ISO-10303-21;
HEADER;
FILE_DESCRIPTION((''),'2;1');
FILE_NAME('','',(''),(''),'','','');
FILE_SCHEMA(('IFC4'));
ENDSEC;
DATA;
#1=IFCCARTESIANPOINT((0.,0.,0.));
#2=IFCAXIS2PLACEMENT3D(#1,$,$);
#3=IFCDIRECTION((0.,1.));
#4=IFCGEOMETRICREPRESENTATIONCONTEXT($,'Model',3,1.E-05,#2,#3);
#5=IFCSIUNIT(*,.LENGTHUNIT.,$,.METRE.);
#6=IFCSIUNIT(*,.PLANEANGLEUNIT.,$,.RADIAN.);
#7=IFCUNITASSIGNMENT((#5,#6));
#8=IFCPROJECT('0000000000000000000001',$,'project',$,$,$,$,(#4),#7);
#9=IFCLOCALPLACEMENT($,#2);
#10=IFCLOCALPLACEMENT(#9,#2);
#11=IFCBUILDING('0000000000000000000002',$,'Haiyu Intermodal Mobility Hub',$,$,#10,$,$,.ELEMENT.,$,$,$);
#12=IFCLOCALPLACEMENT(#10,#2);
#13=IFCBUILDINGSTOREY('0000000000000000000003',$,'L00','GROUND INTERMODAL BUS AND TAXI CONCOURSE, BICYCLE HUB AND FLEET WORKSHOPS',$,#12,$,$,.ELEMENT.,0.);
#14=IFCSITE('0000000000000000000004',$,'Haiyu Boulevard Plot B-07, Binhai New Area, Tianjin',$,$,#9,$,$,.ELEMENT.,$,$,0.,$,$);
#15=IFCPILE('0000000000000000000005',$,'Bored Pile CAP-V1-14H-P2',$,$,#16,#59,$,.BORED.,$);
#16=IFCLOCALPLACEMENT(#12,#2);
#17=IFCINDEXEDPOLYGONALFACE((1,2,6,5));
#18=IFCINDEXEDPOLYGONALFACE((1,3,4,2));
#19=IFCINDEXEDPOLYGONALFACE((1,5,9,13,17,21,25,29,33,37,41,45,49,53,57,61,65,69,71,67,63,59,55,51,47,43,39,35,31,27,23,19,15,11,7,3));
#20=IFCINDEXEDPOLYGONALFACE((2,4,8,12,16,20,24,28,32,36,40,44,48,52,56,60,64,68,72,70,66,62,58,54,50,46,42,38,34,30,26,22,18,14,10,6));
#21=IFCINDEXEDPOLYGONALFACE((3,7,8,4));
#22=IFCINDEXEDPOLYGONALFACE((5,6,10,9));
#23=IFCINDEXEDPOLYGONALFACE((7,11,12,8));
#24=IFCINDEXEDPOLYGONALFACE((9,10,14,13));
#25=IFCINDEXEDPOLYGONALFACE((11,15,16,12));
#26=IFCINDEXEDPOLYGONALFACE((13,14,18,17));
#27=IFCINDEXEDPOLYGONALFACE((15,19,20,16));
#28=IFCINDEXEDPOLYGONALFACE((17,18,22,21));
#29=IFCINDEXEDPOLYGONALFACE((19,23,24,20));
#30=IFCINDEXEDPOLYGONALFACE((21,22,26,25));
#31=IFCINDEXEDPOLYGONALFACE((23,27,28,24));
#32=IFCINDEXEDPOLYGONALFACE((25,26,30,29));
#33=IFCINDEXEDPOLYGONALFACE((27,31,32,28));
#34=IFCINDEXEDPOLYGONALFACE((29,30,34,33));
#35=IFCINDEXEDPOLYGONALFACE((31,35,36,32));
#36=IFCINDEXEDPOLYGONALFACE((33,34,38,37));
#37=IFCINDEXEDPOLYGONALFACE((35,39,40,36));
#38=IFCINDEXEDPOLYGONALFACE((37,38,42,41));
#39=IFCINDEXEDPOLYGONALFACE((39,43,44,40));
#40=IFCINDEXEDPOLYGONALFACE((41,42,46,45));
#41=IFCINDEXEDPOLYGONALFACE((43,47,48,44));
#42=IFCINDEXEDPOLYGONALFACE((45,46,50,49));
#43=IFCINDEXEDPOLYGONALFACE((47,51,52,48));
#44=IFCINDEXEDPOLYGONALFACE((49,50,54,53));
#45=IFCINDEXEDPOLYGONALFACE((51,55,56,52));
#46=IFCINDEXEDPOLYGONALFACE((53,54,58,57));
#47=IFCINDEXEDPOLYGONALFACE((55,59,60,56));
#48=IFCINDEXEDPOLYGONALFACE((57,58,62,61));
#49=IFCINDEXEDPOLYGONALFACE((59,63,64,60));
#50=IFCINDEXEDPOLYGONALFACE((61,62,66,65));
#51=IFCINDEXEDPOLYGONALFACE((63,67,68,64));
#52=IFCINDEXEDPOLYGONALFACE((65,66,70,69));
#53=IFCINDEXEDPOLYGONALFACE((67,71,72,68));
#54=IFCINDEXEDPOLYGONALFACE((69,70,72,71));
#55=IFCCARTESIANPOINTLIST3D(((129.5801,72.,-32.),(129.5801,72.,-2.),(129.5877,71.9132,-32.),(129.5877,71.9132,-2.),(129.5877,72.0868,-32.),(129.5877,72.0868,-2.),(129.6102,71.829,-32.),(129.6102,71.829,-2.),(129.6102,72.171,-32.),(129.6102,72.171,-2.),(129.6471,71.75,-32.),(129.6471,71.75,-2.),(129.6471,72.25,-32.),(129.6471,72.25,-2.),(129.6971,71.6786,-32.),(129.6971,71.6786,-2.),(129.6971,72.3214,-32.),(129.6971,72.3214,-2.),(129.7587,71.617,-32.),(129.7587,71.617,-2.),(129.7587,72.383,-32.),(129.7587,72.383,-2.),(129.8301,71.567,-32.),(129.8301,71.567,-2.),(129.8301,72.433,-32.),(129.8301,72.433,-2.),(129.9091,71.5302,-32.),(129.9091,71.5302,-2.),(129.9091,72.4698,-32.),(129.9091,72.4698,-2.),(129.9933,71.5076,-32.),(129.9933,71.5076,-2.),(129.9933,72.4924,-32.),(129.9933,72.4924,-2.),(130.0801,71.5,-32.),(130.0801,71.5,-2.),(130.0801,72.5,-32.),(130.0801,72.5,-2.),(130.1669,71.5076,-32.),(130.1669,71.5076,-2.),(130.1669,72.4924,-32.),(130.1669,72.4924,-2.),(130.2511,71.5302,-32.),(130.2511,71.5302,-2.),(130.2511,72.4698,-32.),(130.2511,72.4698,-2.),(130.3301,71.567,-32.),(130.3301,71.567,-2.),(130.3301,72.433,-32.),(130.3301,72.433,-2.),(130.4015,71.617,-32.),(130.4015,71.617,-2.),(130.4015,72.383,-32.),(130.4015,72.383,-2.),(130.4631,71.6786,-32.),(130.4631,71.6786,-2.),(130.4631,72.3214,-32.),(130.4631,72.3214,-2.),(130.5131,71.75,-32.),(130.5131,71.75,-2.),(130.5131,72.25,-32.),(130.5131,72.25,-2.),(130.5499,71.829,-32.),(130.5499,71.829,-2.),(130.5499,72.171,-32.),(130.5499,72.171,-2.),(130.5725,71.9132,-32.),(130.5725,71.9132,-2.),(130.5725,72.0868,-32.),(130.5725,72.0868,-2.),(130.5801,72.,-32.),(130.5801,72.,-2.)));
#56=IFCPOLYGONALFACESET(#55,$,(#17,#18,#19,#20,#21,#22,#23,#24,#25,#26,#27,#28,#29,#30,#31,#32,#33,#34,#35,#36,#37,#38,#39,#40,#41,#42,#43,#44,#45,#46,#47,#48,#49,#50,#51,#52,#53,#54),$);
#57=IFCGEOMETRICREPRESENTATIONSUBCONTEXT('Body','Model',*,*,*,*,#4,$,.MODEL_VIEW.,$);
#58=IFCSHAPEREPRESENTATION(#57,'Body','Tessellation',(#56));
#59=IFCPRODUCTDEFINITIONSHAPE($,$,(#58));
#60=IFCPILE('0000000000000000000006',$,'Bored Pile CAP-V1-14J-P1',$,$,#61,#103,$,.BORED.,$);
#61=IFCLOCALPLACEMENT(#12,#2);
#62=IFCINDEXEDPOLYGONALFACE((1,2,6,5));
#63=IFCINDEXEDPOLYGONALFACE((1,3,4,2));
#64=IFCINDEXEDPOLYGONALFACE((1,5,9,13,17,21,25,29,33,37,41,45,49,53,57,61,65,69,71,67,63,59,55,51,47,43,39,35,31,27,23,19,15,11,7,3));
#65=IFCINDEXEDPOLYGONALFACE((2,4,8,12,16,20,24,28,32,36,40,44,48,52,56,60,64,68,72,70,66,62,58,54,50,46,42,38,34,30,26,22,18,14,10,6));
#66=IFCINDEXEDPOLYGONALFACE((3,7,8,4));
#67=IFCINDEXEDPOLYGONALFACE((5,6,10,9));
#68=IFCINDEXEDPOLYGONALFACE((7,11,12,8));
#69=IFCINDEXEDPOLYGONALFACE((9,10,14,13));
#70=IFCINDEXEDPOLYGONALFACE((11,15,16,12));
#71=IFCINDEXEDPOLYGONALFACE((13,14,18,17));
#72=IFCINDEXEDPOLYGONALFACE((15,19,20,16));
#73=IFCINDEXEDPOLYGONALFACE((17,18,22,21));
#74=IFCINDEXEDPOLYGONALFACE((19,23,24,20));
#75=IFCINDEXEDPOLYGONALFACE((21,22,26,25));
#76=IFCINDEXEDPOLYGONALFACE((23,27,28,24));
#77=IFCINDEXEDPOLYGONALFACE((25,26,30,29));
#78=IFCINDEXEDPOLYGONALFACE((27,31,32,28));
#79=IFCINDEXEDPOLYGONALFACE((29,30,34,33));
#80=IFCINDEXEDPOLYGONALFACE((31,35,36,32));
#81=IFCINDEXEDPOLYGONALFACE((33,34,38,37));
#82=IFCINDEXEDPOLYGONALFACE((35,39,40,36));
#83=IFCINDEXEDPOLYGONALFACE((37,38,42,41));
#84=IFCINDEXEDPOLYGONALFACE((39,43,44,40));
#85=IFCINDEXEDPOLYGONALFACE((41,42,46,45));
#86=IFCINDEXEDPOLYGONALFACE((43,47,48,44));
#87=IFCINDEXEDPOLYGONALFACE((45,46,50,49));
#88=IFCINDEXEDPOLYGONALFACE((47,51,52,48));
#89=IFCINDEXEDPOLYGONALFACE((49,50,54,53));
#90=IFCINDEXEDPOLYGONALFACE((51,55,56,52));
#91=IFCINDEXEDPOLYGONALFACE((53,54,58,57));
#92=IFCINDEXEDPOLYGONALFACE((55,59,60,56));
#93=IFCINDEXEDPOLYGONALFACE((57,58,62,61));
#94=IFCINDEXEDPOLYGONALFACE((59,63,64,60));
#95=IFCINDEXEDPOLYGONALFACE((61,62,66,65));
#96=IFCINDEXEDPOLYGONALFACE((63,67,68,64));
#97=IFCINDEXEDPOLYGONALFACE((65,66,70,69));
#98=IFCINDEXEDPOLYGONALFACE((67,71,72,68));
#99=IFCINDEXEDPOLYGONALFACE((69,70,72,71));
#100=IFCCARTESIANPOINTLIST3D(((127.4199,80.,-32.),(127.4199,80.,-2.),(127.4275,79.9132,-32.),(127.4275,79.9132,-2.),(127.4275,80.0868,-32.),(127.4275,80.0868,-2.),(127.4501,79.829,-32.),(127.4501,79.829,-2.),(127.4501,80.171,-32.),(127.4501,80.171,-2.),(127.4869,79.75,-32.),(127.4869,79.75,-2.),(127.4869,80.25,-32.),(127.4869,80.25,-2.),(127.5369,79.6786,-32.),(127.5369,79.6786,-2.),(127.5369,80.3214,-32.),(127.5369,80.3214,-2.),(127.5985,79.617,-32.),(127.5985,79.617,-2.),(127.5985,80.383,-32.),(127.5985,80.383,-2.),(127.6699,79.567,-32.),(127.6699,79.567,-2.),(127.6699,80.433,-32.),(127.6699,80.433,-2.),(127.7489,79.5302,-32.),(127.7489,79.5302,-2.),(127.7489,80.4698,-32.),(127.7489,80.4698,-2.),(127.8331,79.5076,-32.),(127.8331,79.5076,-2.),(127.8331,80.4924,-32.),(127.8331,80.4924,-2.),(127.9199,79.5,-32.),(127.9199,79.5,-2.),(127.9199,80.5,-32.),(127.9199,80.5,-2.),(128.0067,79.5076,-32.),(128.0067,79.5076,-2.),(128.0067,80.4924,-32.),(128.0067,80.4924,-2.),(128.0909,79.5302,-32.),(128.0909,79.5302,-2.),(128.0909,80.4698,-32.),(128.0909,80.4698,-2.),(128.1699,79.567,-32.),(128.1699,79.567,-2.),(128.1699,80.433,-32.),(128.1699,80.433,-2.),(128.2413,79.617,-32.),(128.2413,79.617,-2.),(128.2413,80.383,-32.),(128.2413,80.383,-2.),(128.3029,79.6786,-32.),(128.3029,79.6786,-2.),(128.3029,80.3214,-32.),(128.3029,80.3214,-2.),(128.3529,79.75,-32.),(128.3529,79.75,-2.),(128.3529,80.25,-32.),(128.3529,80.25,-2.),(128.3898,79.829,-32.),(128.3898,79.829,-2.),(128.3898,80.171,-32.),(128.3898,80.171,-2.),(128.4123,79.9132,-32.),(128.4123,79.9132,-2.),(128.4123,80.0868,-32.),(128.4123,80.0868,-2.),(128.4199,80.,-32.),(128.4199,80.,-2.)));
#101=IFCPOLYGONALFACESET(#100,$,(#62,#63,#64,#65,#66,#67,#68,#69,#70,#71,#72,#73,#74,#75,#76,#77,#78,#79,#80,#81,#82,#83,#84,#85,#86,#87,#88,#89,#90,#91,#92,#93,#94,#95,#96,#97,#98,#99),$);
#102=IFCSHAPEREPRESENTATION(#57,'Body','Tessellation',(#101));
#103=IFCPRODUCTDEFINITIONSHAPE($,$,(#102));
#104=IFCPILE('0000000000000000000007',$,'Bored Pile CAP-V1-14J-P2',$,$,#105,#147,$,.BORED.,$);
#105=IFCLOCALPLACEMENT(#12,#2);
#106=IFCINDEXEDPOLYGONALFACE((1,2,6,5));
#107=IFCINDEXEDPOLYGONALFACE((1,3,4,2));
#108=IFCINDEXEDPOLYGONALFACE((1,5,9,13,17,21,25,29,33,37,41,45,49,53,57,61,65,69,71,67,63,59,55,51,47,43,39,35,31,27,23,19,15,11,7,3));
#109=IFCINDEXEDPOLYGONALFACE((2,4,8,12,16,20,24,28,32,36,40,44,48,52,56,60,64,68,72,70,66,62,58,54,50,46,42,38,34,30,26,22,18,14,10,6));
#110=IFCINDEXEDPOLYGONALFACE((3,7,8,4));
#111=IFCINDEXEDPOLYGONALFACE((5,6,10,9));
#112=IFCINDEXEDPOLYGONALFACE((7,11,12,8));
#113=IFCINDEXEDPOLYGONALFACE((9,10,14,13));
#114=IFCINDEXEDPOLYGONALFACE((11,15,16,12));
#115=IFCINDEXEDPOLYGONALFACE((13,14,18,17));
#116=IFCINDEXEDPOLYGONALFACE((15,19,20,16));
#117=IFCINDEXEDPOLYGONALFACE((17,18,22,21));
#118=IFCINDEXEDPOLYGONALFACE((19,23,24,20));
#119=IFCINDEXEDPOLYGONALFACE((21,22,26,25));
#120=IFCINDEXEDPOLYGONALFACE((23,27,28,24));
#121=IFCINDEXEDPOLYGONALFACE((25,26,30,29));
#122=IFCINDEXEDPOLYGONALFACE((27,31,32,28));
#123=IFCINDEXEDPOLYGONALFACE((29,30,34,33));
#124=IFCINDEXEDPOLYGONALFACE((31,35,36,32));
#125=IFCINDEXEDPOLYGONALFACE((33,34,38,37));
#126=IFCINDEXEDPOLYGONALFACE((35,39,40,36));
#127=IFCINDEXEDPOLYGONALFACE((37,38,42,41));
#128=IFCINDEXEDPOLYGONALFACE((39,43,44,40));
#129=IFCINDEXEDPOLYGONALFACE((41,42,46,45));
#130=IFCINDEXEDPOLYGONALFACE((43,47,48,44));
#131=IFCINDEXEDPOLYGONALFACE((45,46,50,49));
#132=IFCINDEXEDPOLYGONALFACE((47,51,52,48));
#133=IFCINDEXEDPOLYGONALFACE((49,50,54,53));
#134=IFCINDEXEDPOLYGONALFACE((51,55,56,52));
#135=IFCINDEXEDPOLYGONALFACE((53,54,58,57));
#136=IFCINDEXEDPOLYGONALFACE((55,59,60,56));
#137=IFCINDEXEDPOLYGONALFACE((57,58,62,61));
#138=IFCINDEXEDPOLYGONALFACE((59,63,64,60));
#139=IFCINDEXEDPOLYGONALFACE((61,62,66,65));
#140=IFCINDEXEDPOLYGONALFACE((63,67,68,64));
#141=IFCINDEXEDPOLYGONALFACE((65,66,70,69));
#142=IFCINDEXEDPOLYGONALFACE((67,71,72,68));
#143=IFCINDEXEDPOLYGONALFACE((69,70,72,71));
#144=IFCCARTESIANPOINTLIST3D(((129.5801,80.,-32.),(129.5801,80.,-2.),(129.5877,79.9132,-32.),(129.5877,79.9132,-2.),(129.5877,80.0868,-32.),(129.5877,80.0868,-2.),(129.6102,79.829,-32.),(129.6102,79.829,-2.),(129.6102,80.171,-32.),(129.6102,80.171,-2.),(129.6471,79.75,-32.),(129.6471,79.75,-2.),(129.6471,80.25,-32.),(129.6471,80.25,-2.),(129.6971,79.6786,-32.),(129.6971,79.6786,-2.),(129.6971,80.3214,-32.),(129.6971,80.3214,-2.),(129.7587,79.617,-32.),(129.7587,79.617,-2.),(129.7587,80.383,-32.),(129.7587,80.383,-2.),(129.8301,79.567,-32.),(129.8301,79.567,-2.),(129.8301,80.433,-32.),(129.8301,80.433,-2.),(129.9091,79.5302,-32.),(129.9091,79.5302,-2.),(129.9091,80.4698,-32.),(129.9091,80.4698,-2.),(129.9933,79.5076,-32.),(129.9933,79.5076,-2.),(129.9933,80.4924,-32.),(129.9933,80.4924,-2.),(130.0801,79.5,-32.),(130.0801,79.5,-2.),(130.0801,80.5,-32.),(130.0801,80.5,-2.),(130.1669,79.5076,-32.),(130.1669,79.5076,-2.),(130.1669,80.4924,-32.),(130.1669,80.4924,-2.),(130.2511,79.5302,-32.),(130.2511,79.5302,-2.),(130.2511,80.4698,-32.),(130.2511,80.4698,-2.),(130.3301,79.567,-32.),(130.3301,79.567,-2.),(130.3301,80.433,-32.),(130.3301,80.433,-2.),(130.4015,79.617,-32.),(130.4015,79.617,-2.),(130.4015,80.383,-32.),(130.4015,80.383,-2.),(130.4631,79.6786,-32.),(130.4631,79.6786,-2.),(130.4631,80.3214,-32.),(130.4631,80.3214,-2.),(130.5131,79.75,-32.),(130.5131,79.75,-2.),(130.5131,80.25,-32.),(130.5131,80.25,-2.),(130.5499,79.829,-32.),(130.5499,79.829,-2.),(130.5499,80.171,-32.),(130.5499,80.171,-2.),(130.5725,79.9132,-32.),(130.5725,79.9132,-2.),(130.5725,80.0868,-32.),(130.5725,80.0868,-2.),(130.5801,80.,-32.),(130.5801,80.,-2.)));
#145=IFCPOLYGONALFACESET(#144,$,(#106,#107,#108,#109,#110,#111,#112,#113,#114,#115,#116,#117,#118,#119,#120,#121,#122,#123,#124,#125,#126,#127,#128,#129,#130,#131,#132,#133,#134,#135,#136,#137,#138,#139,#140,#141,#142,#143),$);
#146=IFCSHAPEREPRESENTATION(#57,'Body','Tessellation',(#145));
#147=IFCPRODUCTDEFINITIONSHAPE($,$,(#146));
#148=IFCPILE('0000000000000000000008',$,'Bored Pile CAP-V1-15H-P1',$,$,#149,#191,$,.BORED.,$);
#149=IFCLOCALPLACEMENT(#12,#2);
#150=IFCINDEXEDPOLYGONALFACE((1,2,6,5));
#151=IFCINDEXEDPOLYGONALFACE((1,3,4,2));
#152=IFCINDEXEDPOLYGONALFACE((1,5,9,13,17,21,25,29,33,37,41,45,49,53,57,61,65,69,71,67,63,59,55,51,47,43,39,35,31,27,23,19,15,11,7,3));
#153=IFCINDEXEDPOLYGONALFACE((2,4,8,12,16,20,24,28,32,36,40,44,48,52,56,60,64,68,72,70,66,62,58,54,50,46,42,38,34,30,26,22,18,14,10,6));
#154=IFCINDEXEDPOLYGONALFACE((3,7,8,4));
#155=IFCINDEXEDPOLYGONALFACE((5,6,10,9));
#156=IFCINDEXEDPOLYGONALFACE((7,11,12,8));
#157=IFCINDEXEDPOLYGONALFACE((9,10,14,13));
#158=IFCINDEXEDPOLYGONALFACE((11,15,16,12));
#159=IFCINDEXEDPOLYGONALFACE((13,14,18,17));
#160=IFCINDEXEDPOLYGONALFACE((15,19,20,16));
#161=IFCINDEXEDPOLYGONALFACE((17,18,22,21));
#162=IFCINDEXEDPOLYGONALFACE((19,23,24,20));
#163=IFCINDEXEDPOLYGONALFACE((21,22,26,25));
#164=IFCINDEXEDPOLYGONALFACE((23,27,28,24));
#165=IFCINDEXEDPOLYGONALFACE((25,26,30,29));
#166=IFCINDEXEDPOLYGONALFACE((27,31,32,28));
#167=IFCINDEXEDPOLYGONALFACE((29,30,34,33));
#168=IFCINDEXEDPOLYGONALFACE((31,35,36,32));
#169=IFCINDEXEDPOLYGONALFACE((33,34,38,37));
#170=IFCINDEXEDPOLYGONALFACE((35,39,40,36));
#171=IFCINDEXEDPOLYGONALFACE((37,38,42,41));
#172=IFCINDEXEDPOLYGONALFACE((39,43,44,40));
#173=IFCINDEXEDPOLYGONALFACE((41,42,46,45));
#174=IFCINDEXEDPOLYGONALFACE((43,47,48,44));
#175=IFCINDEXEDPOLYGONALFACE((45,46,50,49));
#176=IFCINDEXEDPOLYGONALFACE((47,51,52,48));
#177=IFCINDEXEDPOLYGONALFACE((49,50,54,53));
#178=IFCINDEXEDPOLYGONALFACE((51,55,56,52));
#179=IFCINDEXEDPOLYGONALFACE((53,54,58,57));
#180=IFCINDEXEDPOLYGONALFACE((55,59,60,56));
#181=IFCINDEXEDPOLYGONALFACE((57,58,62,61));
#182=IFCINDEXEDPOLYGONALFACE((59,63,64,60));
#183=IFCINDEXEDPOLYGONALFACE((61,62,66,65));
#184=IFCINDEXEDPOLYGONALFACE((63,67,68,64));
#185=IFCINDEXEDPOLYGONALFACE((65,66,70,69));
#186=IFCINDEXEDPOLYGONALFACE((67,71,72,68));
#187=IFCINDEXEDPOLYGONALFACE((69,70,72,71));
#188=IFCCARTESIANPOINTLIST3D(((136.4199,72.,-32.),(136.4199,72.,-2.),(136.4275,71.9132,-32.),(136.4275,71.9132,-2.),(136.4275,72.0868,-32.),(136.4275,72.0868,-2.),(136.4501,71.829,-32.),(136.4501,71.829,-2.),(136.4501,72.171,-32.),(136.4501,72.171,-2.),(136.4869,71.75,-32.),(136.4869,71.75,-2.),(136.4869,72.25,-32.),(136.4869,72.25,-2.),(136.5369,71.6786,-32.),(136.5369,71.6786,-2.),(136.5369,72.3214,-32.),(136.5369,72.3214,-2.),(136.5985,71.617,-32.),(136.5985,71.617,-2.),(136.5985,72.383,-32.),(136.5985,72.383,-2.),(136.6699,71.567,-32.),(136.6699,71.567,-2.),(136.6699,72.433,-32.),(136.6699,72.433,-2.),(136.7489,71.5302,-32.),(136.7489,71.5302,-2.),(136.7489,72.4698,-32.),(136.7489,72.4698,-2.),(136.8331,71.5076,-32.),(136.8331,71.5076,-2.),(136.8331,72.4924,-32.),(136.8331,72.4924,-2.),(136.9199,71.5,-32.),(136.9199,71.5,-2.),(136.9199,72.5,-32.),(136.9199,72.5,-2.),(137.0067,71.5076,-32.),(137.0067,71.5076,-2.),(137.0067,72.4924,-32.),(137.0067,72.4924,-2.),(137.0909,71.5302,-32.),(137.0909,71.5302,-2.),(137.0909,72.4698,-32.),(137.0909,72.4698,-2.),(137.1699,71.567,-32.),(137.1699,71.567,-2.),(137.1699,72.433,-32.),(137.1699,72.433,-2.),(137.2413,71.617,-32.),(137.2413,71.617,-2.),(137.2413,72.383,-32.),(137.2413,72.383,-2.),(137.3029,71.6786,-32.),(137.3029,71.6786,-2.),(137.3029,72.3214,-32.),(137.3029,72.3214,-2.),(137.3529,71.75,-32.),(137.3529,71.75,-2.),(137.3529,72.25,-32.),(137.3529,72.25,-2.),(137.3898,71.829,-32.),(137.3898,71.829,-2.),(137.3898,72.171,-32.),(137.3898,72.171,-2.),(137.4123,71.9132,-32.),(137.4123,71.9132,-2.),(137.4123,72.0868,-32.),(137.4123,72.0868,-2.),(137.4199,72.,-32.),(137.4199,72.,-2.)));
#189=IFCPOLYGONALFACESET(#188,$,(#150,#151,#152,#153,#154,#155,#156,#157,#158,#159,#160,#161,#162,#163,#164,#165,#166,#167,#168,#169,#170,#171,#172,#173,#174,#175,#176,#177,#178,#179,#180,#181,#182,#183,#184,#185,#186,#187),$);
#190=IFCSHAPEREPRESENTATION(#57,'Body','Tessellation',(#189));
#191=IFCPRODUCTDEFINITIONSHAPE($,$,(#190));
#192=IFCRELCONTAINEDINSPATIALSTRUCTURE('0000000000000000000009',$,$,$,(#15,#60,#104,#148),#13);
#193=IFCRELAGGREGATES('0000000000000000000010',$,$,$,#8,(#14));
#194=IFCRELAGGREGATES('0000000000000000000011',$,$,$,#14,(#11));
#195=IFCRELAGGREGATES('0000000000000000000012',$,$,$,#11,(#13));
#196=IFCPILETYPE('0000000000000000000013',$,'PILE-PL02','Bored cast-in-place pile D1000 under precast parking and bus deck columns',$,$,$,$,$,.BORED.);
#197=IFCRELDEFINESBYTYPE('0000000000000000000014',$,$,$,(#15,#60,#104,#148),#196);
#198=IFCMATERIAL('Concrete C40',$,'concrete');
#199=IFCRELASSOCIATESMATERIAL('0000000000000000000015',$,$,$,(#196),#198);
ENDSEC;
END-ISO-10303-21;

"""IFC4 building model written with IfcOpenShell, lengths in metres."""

from ifc_helpers import new_model, si_unit, direction, frame, origin, origin_2d, place, context, subcontext, project, spatial, circle, extrude, material, material_profile, profile_set, type_object, element, save


model = new_model("IFC4")

# Units and contexts
model_context = context("Model", 3, precision=1e-05, world=origin(), true_north=direction((0.0, 1.0)))
body_context = subcontext(model_context, "Body", "Model", "MODEL_VIEW")
ifc_project = project(units=[si_unit("LENGTHUNIT", "METRE"), si_unit("PLANEANGLEUNIT", "RADIAN")], contexts=[model_context])

# Site, building, storey
site_placement = place(None, origin())
site = spatial("IfcSite", under=ifc_project, at=site_placement, Name="Haiyu Boulevard Plot B-07, Binhai New Area, Tianjin", CompositionType="ELEMENT", RefElevation=0.0)
building_placement = place(site_placement, origin())
building = spatial("IfcBuilding", under=site, at=building_placement, Name="Haiyu Intermodal Mobility Hub", CompositionType="ELEMENT")
storey_placement = place(building_placement, origin())
storey = spatial("IfcBuildingStorey", under=building, at=storey_placement, Name="L00", Description="GROUND INTERMODAL BUS AND TAXI CONCOURSE, BICYCLE HUB AND FLEET WORKSHOPS", CompositionType="ELEMENT", Elevation=0.0)

# Shared definitions
ifc_material_1 = material(Name="Concrete C40", Category="concrete")

# Piles
ifc_material_profile_1 = material_profile(ifc_material_1, circle(Radius=0.5, at=origin_2d()), Name="PILE-D1000")
ifc_profile_set_1 = profile_set([ifc_material_profile_1], Name="Concrete C40")
pile_type_1 = type_object("IfcPileType", Name="PILE-PL02", Description="Bored cast-in-place pile D1000 under precast parking and bus deck columns", PredefinedType="BORED", material=ifc_profile_set_1)
for number, where, z_axis, x_axis, name in (
    (1, (130.0801, 72.0, -2.0), (0.0, 0.0, -1.0), (1.0, 0.0, 0.0), "Bored Pile CAP-V1-14H-P2"),
    (2, (127.9199, 80.0, -2.0), (0.0, 0.0, -1.0), (1.0, 0.0, 0.0), "Bored Pile CAP-V1-14J-P1"),
    (3, (130.0801, 80.0, -2.0), (0.0, 0.0, -1.0), (1.0, 0.0, 0.0), "Bored Pile CAP-V1-14J-P2"),
    (4, (136.9199, 72.0, -2.0), (0.0, 0.0, -1.0), (1.0, 0.0, 0.0), "Bored Pile CAP-V1-15H-P1"),
):
    element("IfcPile", number, at=place(storey_placement, frame(where, z_axis=z_axis, x_axis=x_axis)), inside=storey, type_object=pile_type_1, Name=name, PredefinedType="BORED", context=body_context, shape_type="SweptSolid", body=[
        extrude(circle(Radius=0.5, at=origin_2d()), origin(), (0.0, 0.0, 1.0), 30.0),
    ])

save(model, "model.ifc")
